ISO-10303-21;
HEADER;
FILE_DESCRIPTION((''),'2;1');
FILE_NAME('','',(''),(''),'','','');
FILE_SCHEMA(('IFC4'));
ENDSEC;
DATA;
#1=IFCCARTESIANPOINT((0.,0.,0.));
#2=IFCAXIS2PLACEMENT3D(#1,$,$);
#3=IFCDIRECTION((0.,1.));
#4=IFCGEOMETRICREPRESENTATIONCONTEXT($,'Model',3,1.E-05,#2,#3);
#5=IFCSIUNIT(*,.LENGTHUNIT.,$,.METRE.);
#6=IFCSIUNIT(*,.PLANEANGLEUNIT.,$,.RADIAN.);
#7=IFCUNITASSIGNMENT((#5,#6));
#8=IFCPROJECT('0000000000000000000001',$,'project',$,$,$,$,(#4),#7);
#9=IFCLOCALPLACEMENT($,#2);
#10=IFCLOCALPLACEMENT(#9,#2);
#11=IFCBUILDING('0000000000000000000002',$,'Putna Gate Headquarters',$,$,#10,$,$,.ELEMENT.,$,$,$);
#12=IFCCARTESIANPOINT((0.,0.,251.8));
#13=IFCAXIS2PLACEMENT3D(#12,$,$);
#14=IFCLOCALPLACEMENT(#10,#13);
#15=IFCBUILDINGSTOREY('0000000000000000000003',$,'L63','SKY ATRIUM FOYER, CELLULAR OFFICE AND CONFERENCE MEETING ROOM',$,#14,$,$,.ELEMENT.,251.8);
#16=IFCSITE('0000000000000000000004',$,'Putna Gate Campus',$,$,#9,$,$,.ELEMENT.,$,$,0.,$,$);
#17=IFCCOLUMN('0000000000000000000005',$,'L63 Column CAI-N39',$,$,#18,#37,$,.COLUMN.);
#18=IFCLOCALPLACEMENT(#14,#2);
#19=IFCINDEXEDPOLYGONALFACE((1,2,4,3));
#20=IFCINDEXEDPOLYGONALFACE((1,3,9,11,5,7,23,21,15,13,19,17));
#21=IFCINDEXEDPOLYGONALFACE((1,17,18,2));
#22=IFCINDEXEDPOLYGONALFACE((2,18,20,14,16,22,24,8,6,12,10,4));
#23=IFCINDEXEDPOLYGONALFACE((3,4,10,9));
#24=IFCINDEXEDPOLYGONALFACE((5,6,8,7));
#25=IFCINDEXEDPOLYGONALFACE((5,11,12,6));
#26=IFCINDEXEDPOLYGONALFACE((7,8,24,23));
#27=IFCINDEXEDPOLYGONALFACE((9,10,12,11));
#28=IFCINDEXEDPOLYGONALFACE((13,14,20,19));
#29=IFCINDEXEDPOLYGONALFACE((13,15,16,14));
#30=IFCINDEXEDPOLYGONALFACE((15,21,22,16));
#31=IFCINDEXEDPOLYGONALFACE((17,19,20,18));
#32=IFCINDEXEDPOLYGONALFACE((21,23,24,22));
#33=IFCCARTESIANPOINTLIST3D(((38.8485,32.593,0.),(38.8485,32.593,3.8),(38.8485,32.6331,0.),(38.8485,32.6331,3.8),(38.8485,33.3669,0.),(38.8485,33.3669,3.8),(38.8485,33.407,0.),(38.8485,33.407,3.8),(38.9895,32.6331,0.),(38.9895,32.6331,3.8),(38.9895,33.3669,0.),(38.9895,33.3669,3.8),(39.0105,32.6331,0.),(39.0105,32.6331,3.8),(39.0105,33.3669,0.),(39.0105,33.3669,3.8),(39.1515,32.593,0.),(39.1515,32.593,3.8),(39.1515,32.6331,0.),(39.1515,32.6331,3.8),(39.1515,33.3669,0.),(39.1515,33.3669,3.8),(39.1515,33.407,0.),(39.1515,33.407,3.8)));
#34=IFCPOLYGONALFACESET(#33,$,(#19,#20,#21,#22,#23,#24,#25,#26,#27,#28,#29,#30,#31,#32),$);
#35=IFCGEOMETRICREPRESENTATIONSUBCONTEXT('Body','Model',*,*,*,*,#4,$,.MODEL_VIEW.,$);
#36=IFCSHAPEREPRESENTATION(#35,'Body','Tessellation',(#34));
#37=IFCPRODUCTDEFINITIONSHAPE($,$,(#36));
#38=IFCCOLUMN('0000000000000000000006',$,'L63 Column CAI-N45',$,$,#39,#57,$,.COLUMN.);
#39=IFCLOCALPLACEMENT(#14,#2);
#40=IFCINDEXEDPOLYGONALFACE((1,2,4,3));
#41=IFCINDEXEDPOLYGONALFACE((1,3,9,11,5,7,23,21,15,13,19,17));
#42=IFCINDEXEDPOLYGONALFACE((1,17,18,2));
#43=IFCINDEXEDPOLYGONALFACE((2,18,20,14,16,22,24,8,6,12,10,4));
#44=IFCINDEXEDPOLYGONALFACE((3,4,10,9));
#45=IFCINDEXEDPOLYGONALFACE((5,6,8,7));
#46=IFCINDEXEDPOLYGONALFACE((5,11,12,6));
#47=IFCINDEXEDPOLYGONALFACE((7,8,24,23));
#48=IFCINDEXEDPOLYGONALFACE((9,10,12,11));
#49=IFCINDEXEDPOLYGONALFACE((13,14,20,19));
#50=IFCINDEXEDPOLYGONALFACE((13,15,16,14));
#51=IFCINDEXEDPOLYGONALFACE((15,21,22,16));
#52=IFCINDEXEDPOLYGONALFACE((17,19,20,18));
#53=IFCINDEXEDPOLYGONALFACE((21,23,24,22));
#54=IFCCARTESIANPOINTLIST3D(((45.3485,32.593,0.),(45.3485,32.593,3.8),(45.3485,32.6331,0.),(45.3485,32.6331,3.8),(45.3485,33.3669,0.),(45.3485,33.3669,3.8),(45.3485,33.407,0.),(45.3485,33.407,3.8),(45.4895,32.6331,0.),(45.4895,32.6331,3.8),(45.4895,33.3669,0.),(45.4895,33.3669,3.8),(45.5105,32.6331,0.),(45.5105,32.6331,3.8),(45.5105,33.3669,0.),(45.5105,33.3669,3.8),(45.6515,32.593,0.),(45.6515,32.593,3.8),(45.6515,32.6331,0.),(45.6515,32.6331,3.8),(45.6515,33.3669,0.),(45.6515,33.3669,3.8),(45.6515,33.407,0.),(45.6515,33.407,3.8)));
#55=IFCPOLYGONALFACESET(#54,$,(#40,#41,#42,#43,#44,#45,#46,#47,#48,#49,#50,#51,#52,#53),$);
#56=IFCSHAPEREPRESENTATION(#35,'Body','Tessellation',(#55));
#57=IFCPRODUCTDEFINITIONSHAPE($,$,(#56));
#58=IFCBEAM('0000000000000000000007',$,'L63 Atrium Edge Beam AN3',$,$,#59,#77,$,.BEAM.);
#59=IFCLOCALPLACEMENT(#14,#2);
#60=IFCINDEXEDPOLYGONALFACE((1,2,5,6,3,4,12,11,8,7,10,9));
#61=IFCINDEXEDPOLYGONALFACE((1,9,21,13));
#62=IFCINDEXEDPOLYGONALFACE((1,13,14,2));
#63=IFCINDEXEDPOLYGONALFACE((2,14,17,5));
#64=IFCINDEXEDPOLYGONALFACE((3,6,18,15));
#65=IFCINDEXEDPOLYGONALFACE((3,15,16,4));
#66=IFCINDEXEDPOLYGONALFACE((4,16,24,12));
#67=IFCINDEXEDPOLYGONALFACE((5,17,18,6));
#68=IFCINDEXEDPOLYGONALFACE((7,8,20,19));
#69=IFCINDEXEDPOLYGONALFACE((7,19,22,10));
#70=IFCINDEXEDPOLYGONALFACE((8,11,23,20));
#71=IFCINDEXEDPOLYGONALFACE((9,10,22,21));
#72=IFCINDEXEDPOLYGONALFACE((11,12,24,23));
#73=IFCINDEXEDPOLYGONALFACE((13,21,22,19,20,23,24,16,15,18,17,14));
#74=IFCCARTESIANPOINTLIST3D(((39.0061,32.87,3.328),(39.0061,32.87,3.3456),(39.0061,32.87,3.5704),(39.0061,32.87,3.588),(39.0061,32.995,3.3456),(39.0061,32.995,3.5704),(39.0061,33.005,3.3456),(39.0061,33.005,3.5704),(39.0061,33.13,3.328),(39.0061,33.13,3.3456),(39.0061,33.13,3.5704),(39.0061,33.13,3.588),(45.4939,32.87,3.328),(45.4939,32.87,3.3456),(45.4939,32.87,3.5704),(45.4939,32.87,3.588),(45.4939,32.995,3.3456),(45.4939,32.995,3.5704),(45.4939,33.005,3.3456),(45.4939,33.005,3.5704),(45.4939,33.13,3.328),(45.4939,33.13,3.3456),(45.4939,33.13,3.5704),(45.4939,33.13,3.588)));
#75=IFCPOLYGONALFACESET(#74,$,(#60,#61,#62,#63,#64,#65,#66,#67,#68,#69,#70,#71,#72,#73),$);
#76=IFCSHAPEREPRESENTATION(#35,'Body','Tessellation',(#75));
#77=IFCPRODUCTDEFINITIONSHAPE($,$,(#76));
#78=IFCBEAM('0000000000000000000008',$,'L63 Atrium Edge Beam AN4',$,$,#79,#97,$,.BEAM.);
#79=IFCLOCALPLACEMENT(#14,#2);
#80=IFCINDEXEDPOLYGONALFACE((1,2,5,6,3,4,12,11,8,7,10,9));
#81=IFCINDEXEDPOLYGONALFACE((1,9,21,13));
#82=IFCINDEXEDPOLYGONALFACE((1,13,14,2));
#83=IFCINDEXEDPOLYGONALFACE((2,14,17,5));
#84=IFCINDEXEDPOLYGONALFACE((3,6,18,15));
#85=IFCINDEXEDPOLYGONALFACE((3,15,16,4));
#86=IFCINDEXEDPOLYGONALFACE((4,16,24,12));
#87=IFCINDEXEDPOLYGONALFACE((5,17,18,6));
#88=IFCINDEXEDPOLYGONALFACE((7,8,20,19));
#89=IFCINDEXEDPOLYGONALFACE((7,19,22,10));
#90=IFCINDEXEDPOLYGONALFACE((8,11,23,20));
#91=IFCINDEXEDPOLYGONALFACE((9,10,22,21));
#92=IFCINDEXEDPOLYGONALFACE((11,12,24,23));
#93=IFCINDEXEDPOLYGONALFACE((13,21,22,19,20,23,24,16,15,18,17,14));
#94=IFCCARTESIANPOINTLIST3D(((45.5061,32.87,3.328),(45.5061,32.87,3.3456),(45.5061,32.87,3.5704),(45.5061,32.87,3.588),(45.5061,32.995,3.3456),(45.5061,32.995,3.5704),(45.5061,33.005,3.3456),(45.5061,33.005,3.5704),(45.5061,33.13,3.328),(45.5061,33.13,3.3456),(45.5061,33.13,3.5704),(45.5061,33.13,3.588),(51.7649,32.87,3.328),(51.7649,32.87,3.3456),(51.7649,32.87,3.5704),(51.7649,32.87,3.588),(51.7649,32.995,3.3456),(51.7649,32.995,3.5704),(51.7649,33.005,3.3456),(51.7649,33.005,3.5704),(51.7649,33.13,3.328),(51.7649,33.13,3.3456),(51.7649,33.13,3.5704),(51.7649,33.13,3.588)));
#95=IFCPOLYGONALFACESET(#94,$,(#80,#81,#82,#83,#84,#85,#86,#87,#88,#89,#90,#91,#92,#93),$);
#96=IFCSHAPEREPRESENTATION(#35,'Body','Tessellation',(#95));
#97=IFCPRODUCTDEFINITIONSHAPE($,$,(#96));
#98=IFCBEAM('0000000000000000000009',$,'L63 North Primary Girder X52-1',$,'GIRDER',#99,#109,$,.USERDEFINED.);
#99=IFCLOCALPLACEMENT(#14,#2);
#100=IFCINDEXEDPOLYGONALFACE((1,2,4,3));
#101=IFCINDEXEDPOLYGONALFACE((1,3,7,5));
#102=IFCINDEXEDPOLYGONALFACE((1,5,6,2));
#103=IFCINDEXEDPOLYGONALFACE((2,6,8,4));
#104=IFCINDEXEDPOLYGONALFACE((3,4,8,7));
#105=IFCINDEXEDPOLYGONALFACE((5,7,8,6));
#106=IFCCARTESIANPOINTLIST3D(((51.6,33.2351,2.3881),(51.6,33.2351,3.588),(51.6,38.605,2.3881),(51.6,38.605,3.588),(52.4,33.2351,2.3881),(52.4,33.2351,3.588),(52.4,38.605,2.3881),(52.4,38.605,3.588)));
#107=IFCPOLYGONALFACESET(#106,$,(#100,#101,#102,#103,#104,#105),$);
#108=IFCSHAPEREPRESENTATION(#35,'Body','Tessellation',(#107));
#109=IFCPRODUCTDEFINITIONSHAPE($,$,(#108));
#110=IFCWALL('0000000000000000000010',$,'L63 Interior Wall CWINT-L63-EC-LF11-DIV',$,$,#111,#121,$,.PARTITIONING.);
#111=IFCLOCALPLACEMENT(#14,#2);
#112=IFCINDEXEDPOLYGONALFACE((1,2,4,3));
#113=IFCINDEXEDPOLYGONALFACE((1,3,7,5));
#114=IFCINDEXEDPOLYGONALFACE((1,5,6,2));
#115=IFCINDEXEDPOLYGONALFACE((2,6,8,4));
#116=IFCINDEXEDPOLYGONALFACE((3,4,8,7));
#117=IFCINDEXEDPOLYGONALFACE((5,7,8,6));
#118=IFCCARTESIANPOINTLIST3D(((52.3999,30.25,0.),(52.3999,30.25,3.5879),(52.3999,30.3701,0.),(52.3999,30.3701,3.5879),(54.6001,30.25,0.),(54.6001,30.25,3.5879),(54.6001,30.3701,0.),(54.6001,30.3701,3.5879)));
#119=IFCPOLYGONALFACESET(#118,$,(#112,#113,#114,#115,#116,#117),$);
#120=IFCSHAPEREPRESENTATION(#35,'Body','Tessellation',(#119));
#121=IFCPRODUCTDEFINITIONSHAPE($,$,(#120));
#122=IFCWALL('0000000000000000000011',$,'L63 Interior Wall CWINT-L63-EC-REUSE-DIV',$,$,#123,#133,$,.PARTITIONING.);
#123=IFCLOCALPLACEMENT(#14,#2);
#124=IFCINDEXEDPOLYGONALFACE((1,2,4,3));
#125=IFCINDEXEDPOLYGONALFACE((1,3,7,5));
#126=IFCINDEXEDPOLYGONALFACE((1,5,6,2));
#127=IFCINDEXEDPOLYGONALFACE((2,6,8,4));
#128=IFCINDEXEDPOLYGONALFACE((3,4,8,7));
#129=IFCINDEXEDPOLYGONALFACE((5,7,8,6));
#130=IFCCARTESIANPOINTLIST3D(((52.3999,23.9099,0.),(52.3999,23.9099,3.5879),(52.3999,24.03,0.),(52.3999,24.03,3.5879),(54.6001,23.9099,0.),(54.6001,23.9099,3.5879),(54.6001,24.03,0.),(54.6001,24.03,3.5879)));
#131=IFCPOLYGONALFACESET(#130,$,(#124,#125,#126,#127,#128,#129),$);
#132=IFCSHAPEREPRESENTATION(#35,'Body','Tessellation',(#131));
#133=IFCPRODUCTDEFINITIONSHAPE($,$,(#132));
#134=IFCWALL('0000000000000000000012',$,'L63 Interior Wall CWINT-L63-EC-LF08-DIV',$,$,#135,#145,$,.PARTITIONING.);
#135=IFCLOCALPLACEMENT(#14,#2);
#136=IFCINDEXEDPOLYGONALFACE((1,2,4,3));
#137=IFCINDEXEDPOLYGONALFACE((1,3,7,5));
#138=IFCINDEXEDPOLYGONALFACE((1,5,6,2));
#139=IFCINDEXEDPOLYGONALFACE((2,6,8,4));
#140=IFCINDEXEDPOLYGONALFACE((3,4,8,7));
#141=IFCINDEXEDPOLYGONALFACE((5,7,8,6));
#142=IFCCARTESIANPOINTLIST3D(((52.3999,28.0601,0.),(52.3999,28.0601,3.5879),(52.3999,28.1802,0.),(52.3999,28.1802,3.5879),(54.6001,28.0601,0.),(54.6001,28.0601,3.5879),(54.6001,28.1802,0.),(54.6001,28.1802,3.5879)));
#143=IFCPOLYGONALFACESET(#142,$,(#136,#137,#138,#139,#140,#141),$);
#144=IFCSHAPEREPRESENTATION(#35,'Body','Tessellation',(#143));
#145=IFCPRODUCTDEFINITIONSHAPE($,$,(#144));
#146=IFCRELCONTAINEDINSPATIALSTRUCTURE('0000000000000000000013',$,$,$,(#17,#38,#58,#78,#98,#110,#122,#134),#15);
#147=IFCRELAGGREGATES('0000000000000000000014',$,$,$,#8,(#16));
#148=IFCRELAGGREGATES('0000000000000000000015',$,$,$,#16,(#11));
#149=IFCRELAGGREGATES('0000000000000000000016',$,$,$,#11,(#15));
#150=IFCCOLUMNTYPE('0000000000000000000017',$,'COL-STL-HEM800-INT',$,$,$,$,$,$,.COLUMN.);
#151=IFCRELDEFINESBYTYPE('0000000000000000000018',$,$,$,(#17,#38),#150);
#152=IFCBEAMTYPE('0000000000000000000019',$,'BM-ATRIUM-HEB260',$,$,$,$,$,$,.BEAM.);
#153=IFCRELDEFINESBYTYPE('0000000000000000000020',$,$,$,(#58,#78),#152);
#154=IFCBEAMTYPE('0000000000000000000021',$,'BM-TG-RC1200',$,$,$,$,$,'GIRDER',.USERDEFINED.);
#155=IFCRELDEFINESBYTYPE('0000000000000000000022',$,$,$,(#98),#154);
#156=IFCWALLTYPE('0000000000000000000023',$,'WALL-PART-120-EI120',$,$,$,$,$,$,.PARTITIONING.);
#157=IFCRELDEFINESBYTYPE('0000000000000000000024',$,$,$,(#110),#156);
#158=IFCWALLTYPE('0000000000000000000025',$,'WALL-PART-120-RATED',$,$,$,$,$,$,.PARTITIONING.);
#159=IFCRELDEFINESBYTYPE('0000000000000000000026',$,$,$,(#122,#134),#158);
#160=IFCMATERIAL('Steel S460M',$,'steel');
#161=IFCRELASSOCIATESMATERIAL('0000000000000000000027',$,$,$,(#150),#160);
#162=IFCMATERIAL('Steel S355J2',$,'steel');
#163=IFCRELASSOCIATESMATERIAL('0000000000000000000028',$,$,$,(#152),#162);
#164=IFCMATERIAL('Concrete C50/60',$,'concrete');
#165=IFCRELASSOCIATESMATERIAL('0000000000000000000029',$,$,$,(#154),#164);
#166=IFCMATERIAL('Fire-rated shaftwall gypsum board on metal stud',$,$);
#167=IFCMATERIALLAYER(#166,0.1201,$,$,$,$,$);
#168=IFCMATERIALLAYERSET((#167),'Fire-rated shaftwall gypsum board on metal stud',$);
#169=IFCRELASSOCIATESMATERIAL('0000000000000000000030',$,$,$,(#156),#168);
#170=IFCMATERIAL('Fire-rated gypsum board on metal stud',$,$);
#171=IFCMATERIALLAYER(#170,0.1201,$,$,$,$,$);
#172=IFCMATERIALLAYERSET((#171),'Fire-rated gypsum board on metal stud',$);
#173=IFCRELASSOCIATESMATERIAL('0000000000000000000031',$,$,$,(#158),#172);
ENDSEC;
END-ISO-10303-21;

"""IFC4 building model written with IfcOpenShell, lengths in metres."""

from ifc_helpers import new_model, si_unit, direction, frame, frame_2d, origin, origin_2d, place, context, subcontext, project, spatial, rectangle, i_section, extrude, material, layer, layer_set, material_profile, profile_set, type_object, element, save


model = new_model("IFC4")

# Units and contexts
model_context = context("Model", 3, precision=1e-05, world=origin(), true_north=direction((0.0, 1.0)))
body_context = subcontext(model_context, "Body", "Model", "MODEL_VIEW")
ifc_project = project(units=[si_unit("LENGTHUNIT", "METRE"), si_unit("PLANEANGLEUNIT", "RADIAN")], contexts=[model_context])

# Site, building, storey
site_placement = place(None, origin())
site = spatial("IfcSite", under=ifc_project, at=site_placement, Name="Putna Gate Campus", CompositionType="ELEMENT", RefElevation=0.0)
building_placement = place(site_placement, origin())
building = spatial("IfcBuilding", under=site, at=building_placement, Name="Putna Gate Headquarters", CompositionType="ELEMENT")
storey_placement = place(building_placement, frame((0.0, 0.0, 251.8)))
storey = spatial("IfcBuildingStorey", under=building, at=storey_placement, Name="L63", Description="SKY ATRIUM FOYER, CELLULAR OFFICE AND CONFERENCE MEETING ROOM", CompositionType="ELEMENT", Elevation=251.8)

# Columns
ifc_material_1 = material(Name="Steel S460M", Category="steel")
ifc_material_profile_1 = material_profile(ifc_material_1, i_section(OverallWidth=0.303, OverallDepth=0.814, WebThickness=0.021, FlangeThickness=0.04, at=origin_2d()), Name="Steel S460M")
ifc_profile_set_1 = profile_set([ifc_material_profile_1], Name="Steel S460M")
column_type = type_object("IfcColumnType", Name="COL-STL-HEM800-INT", PredefinedType="COLUMN", material=ifc_profile_set_1)
for number, where, z_axis, x_axis, name in (
    (1, (39.0, 33.0, 0.0), (0.0, 0.0, 1.0), (1.0, 0.0, 0.0), "L63 Column CAI-N39"),
    (2, (45.5, 33.0, 0.0), (0.0, 0.0, 1.0), (1.0, 0.0, 0.0), "L63 Column CAI-N45"),
):
    element("IfcColumn", number, at=place(storey_placement, frame(where, z_axis=z_axis, x_axis=x_axis)), inside=storey, type_object=column_type, Name=name, PredefinedType="COLUMN", context=body_context, shape_type="SweptSolid", body=[
        extrude(i_section(OverallWidth=0.303, OverallDepth=0.814, WebThickness=0.021, FlangeThickness=0.04, at=origin_2d()), origin(), (0.0, 0.0, 1.0), 3.8),
    ])

# Beams
ifc_material_2 = material(Name="Steel S355J2", Category="steel")
ifc_material_profile_2 = material_profile(ifc_material_2, i_section(OverallWidth=0.26, OverallDepth=0.26, WebThickness=0.01, FlangeThickness=0.0176, at=origin_2d()), Name="Steel S355J2")
ifc_profile_set_2 = profile_set([ifc_material_profile_2], Name="Steel S355J2")
beam_type_1 = type_object("IfcBeamType", Name="BM-ATRIUM-HEB260", PredefinedType="BEAM", material=ifc_profile_set_2)
beam_1_placement = place(storey_placement, frame((39.0061, 33.0, 3.458), z_axis=(1.0, 0.0, 0.0), x_axis=(0.0, 1.0, 0.0)))
element("IfcBeam", 3, at=beam_1_placement, inside=storey, type_object=beam_type_1, Name="L63 Atrium Edge Beam AN3", PredefinedType="BEAM", context=body_context, shape_type="SweptSolid", body=[
    extrude(i_section(OverallWidth=0.26, OverallDepth=0.26, WebThickness=0.01, FlangeThickness=0.0176, at=origin_2d()), origin(), (0.0, 0.0, 1.0), 6.4878),
])
beam_2_placement = place(storey_placement, frame((45.5061, 33.0, 3.458), z_axis=(1.0, 0.0, 0.0), x_axis=(0.0, 1.0, 0.0)))
element("IfcBeam", 4, at=beam_2_placement, inside=storey, type_object=beam_type_1, Name="L63 Atrium Edge Beam AN4", PredefinedType="BEAM", context=body_context, shape_type="SweptSolid", body=[
    extrude(i_section(OverallWidth=0.26, OverallDepth=0.26, WebThickness=0.01, FlangeThickness=0.0176, at=origin_2d()), origin(), (0.0, 0.0, 1.0), 6.2588),
])
ifc_material_3 = material(Name="Concrete C50/60", Category="concrete")
ifc_material_profile_3 = material_profile(ifc_material_3, rectangle(XDim=0.8, YDim=1.2, at=origin_2d()), Name="Concrete C50/60")
ifc_profile_set_3 = profile_set([ifc_material_profile_3], Name="Concrete C50/60")
beam_type_2 = type_object("IfcBeamType", Name="BM-TG-RC1200", ElementType="GIRDER", PredefinedType="USERDEFINED", material=ifc_profile_set_3)
beam_3_placement = place(storey_placement, frame((52.0, 33.2351, 2.988), z_axis=(0.0, 1.0, 0.0), x_axis=(-1.0, 0.0, 0.0)))
element("IfcBeam", 5, at=beam_3_placement, inside=storey, type_object=beam_type_2, Name="L63 North Primary Girder X52-1", ObjectType="GIRDER", PredefinedType="USERDEFINED", context=body_context, shape_type="SweptSolid", body=[
    extrude(rectangle(XDim=0.8, YDim=1.2, at=origin_2d()), origin(), (0.0, 0.0, 1.0), 5.3699),
])

# Walls
ifc_material_4 = material(Name="Fire-rated shaftwall gypsum board on metal stud")
ifc_layer_1 = layer(ifc_material_4, 0.1201)
ifc_layer_set_1 = layer_set([ifc_layer_1], Name="Fire-rated shaftwall gypsum board on metal stud")
wall_type_1 = type_object("IfcWallType", Name="WALL-PART-120-EI120", PredefinedType="PARTITIONING", material=ifc_layer_set_1)
wall_1_placement = place(storey_placement, frame((52.3999, 30.3101, 0.0), z_axis=(0.0, 0.0, 1.0), x_axis=(1.0, 0.0, 0.0)))
element("IfcWall", 6, at=wall_1_placement, inside=storey, type_object=wall_type_1, Name="L63 Interior Wall CWINT-L63-EC-LF11-DIV", PredefinedType="PARTITIONING", context=body_context, shape_type="SweptSolid", body=[
    extrude(rectangle(XDim=2.2002, YDim=0.1201, at=frame_2d((1.1001, 0.0))), origin(), (0.0, 0.0, 1.0), 3.5879),
])
ifc_material_5 = material(Name="Fire-rated gypsum board on metal stud")
ifc_layer_2 = layer(ifc_material_5, 0.1201)
ifc_layer_set_2 = layer_set([ifc_layer_2], Name="Fire-rated gypsum board on metal stud")
wall_type_2 = type_object("IfcWallType", Name="WALL-PART-120-RATED", PredefinedType="PARTITIONING", material=ifc_layer_set_2)
for number, where, z_axis, x_axis, name in (
    (7, (52.3999, 23.97, 0.0), (0.0, 0.0, 1.0), (1.0, 0.0, 0.0), "L63 Interior Wall CWINT-L63-EC-REUSE-DIV"),
    (8, (52.3999, 28.1201, 0.0), (0.0, 0.0, 1.0), (1.0, 0.0, 0.0), "L63 Interior Wall CWINT-L63-EC-LF08-DIV"),
):
    element("IfcWall", number, at=place(storey_placement, frame(where, z_axis=z_axis, x_axis=x_axis)), inside=storey, type_object=wall_type_2, Name=name, PredefinedType="PARTITIONING", context=body_context, shape_type="SweptSolid", body=[
        extrude(rectangle(XDim=2.2002, YDim=0.1201, at=frame_2d((1.1001, 0.0))), origin(), (0.0, 0.0, 1.0), 3.5879),
    ])

save(model, "model.ifc")
